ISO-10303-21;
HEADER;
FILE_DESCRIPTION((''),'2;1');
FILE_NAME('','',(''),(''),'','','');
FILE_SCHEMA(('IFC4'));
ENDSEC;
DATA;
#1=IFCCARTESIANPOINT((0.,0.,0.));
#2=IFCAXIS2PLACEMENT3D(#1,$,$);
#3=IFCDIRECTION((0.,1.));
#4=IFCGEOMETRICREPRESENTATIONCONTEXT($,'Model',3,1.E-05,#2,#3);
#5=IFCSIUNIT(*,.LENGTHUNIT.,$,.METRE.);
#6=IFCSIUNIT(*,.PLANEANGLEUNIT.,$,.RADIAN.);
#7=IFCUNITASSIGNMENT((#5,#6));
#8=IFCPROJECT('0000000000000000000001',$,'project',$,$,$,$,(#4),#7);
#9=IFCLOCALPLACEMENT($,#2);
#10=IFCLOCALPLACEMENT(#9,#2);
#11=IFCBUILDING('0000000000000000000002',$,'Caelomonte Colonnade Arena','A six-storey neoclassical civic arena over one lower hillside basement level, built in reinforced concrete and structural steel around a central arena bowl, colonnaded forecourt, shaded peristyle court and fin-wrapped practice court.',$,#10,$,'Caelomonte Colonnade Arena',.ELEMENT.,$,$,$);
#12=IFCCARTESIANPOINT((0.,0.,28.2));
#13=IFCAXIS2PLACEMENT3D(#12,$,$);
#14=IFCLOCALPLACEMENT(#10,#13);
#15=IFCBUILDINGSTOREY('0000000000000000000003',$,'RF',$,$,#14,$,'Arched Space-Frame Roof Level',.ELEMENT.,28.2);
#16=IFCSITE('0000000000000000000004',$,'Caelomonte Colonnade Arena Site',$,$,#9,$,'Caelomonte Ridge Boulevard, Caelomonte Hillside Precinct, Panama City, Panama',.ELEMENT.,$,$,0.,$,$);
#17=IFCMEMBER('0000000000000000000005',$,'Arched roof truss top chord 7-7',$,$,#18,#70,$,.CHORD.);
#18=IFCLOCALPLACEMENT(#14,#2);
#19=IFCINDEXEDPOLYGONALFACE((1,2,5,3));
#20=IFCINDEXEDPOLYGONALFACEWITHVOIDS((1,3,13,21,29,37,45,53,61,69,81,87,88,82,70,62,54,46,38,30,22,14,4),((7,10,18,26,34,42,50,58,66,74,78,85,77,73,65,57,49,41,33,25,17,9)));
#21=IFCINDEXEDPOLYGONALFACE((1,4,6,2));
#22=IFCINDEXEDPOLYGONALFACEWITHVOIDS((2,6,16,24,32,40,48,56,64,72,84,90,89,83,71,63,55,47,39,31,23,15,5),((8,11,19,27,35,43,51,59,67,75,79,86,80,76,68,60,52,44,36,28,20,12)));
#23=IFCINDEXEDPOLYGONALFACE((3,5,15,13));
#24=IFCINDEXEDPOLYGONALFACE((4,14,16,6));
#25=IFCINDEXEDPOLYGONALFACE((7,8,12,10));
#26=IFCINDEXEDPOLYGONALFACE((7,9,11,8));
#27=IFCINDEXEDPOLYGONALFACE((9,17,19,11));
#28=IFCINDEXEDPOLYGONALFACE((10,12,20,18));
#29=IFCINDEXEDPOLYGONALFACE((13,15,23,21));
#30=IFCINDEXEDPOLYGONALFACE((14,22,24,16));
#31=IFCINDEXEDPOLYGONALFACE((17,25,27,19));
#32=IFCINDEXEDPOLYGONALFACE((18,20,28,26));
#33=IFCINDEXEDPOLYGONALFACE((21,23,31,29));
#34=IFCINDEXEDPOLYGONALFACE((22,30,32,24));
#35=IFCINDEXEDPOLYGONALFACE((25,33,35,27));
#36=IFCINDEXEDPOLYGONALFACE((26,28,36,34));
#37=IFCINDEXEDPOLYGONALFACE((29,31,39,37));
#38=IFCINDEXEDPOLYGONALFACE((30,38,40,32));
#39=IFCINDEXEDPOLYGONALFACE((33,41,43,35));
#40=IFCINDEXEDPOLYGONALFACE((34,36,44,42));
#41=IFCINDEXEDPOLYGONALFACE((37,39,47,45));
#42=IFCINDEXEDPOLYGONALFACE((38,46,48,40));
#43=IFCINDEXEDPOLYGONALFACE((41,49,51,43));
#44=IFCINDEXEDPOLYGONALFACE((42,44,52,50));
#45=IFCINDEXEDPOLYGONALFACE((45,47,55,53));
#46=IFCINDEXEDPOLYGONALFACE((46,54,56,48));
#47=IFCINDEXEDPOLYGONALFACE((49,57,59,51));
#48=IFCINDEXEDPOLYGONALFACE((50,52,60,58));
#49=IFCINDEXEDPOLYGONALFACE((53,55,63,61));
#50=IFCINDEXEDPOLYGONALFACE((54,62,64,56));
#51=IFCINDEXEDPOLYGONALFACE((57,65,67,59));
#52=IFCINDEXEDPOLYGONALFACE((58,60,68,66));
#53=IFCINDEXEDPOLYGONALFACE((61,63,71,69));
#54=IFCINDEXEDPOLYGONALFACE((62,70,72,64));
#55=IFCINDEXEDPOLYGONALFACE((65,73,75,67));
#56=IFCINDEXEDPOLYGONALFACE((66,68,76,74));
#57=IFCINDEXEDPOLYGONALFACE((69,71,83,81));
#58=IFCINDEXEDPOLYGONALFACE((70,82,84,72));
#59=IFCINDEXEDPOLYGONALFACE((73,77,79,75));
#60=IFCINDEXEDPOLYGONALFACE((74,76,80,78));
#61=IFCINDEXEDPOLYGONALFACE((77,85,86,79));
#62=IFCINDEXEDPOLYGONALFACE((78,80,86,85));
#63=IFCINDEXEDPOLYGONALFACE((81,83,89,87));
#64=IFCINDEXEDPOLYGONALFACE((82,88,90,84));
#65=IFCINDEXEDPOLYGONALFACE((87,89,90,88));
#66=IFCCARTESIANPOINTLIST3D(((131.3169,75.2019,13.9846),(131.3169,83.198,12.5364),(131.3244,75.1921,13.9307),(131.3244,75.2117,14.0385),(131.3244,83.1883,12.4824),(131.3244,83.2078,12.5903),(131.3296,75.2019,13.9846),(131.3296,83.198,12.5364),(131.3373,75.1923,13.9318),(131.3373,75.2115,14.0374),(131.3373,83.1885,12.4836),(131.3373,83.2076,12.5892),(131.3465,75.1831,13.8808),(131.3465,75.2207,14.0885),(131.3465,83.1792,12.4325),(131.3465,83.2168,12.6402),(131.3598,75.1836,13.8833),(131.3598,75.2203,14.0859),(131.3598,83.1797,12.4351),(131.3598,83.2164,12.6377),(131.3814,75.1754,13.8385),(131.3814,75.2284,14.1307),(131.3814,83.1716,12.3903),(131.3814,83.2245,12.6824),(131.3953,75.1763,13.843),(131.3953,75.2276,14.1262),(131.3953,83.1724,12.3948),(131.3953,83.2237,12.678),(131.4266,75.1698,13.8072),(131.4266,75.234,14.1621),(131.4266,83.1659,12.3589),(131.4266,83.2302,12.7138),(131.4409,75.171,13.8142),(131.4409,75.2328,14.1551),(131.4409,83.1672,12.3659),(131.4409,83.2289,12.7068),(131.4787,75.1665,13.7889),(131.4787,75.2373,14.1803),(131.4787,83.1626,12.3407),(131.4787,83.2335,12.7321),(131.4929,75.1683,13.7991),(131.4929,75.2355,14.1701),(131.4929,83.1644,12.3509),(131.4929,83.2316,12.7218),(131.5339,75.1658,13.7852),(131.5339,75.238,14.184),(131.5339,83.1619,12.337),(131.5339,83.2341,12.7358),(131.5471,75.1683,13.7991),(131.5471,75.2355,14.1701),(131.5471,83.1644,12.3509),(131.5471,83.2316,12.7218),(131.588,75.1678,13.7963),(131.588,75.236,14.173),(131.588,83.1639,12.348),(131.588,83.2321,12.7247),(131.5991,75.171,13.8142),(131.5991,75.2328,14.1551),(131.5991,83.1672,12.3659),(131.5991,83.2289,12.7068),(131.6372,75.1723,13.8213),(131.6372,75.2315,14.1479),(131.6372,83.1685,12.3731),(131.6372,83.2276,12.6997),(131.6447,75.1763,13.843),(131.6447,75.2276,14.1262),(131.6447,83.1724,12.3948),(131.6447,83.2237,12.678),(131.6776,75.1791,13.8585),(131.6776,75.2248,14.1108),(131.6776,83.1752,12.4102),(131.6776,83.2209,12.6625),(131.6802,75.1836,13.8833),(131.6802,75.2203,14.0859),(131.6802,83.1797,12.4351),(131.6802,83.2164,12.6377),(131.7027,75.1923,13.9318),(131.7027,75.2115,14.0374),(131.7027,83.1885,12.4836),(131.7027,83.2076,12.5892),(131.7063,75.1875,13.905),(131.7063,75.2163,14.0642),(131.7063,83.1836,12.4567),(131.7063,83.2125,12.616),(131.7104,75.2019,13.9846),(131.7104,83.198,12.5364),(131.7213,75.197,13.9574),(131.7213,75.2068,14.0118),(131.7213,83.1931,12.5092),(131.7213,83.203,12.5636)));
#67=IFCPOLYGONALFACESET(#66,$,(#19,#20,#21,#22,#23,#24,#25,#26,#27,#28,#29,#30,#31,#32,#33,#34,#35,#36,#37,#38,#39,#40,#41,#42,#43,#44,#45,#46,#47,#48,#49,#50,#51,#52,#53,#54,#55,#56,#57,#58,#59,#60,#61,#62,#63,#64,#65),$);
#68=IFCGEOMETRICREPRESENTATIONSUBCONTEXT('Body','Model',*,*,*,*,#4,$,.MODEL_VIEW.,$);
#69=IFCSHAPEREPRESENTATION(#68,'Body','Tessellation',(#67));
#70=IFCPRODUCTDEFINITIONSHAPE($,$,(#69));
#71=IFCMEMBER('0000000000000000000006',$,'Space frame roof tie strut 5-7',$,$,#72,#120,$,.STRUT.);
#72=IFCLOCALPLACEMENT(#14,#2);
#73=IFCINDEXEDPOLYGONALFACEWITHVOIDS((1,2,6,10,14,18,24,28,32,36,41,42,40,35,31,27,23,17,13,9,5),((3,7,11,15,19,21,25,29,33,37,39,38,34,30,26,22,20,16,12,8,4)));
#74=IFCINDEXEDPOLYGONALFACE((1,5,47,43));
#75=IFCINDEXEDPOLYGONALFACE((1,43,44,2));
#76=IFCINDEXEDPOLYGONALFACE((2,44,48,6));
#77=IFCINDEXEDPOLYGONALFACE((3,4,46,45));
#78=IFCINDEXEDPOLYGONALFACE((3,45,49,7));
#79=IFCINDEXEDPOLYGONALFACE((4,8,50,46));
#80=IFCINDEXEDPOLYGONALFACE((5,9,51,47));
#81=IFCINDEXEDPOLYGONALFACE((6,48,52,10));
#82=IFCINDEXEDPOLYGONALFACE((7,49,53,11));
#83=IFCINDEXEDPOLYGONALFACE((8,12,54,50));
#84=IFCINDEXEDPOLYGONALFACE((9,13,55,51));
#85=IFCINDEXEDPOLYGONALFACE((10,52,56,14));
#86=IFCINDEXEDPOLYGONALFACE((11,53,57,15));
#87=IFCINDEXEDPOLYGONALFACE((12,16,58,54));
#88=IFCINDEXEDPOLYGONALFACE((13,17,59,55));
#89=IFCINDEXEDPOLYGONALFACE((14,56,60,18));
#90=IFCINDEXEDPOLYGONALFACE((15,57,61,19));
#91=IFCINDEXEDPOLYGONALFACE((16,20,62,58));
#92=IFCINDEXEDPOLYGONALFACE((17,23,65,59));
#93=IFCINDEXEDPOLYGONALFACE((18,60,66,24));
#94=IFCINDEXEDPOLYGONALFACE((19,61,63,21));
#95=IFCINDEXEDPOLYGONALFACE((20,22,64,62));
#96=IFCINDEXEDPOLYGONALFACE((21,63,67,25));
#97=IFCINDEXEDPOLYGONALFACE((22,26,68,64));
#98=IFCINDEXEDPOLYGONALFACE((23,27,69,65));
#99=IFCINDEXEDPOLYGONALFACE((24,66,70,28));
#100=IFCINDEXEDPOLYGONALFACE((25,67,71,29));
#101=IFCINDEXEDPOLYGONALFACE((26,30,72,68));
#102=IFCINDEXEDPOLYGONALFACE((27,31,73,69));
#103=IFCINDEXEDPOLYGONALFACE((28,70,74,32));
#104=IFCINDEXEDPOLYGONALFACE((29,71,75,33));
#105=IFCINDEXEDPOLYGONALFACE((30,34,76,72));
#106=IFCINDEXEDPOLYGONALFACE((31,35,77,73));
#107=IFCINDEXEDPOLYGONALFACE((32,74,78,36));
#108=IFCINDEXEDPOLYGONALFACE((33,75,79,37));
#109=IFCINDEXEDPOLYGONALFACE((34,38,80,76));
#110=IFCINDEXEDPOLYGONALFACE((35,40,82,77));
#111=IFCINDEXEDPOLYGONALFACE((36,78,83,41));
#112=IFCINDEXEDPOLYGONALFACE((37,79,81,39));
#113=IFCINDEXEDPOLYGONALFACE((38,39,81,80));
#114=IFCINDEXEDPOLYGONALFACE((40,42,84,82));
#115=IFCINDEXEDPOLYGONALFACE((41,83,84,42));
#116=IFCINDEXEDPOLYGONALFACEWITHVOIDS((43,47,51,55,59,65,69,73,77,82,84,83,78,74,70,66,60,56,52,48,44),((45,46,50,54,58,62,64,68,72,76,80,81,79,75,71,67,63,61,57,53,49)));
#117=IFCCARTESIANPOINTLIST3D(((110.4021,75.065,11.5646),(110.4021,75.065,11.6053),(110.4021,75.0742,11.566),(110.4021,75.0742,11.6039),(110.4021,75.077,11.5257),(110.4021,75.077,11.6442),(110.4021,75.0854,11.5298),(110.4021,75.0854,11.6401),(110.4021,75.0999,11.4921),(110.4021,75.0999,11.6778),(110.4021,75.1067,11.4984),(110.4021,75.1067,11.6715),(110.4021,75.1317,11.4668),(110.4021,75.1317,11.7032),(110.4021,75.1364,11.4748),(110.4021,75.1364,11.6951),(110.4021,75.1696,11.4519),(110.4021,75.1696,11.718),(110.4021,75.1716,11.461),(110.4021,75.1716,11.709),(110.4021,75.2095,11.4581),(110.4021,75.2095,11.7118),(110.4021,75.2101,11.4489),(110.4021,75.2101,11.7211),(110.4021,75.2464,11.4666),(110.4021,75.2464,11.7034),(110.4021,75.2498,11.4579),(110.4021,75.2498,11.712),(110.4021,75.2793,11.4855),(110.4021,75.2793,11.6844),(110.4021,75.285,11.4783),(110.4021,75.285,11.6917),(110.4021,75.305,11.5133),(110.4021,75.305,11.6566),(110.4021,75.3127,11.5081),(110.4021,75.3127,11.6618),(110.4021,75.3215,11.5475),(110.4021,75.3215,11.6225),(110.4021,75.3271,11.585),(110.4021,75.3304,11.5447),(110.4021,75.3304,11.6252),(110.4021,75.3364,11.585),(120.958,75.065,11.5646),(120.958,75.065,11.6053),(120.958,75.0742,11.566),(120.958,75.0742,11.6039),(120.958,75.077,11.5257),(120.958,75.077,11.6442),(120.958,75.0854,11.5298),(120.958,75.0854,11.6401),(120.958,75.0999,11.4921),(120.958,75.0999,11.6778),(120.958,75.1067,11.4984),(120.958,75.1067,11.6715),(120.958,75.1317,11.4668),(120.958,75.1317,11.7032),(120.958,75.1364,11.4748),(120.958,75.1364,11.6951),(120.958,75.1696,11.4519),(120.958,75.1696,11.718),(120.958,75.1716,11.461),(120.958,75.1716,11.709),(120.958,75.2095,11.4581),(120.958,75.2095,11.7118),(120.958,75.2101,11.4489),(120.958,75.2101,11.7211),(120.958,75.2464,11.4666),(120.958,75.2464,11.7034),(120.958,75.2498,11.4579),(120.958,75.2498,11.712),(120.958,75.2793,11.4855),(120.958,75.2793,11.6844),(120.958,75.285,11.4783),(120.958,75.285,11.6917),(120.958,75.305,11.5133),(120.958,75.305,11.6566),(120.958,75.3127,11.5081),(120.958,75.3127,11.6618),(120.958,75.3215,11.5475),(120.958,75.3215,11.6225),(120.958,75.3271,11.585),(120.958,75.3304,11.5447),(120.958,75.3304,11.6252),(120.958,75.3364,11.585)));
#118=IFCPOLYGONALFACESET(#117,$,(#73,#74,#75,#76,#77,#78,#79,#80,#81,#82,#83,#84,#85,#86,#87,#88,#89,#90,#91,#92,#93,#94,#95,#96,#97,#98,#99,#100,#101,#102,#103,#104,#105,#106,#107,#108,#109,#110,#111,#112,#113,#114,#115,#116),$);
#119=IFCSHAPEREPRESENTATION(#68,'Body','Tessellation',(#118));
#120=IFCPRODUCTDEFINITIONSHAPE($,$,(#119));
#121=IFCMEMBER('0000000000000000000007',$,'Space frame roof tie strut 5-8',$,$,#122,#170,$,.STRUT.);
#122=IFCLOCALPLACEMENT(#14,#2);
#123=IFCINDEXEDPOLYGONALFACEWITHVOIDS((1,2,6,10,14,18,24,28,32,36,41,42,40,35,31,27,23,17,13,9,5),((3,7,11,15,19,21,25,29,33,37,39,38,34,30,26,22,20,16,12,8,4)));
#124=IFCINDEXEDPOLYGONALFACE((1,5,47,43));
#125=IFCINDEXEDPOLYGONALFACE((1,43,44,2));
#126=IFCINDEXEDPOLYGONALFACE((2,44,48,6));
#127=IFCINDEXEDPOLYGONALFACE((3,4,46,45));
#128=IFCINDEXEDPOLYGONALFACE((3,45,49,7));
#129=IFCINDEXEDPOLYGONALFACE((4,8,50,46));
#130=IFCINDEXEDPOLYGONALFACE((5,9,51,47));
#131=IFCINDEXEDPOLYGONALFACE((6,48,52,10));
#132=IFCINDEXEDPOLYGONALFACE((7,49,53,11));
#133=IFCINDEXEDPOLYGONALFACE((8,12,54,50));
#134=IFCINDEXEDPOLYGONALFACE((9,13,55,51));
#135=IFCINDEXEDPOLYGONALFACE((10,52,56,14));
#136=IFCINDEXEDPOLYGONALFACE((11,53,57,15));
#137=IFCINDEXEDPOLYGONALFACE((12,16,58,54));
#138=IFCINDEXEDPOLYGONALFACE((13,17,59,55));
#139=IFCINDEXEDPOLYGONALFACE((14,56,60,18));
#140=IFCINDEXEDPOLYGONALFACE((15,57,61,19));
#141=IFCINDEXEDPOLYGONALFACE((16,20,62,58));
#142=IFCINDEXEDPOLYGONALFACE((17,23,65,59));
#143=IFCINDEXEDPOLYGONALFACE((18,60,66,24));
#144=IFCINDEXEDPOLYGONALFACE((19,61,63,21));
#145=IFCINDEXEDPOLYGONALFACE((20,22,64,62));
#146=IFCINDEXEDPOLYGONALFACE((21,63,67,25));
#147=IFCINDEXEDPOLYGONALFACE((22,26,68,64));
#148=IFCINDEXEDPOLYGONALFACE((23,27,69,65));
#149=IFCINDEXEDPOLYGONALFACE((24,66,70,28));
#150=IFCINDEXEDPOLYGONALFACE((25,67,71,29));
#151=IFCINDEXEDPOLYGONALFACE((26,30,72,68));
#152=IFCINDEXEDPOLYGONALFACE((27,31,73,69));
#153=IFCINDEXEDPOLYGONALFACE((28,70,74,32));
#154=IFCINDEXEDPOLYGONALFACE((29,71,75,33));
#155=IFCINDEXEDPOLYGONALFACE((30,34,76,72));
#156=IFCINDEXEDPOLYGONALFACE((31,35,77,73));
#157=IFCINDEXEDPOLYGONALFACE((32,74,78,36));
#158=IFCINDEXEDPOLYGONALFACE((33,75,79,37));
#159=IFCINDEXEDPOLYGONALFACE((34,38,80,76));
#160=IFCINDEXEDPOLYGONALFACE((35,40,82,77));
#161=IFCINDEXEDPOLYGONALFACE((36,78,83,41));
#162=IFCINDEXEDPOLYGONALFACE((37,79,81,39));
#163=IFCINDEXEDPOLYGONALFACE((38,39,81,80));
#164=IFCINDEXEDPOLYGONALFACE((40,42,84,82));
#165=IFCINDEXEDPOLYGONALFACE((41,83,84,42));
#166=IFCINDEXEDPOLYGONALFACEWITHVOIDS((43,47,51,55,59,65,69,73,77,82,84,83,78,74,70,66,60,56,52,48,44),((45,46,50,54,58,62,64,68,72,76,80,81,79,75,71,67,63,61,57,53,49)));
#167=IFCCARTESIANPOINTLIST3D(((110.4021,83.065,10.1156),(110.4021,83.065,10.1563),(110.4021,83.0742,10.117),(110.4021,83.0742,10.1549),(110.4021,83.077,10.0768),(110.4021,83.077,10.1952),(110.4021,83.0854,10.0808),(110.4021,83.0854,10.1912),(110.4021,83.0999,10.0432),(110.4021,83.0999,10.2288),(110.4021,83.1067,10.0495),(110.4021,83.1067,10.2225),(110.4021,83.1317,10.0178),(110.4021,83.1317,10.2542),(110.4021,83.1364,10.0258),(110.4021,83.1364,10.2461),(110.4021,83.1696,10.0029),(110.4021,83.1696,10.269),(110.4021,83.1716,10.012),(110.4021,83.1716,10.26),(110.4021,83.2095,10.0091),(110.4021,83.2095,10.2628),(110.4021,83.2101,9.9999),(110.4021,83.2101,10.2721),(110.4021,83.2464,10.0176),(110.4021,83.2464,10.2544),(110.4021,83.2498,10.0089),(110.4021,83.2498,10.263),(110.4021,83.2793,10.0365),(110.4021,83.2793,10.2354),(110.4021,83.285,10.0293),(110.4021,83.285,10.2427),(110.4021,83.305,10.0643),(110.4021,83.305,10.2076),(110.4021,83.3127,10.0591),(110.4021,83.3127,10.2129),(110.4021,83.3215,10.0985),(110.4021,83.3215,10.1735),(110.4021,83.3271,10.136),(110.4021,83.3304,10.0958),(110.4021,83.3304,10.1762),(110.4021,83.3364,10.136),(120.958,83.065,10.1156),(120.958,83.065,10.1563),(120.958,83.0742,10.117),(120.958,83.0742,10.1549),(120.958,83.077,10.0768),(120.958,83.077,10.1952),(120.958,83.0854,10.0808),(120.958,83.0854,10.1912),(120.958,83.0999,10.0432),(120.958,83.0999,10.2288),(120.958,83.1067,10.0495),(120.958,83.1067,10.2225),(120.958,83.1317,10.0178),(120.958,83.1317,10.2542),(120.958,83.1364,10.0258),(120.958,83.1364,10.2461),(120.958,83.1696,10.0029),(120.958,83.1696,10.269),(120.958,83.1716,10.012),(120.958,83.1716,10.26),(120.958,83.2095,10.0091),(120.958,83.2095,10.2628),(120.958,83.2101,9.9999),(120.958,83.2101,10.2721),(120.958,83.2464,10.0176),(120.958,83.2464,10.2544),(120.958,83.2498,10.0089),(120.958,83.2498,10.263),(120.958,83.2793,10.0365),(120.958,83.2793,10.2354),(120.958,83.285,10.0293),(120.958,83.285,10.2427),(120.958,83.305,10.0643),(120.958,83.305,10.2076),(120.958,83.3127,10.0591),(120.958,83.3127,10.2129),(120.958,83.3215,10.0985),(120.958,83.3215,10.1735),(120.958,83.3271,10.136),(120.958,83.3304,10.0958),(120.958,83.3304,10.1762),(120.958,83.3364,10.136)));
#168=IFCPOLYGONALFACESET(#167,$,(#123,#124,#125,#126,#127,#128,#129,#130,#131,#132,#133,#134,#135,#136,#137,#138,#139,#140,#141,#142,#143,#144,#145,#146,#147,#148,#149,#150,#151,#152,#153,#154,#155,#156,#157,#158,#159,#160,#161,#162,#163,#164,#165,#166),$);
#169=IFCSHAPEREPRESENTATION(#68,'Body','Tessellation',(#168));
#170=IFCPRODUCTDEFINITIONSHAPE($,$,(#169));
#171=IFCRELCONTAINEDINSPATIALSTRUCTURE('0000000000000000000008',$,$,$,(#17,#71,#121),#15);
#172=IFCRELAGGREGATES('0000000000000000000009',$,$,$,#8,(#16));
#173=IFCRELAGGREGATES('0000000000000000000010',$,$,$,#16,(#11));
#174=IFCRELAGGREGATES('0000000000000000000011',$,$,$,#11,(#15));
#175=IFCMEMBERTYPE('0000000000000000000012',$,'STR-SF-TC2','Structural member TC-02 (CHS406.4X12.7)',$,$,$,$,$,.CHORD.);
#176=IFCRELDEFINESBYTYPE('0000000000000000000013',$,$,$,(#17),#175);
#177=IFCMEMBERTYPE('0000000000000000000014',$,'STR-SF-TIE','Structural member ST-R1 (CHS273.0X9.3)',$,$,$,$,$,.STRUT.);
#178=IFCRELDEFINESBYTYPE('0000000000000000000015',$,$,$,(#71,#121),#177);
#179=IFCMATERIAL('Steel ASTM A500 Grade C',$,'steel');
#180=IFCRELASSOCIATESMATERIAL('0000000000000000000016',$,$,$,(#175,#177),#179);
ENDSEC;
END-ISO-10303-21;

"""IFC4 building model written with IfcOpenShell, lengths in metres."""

from ifc_helpers import new_model, si_unit, direction, frame, origin, origin_2d, place, context, subcontext, project, spatial, hollow_circle, extrude, material, material_profile, profile_set, type_object, element, save


model = new_model("IFC4")

# Units and contexts
model_context = context("Model", 3, precision=1e-05, world=origin(), true_north=direction((0.0, 1.0)))
body_context = subcontext(model_context, "Body", "Model", "MODEL_VIEW")
ifc_project = project(units=[si_unit("LENGTHUNIT", "METRE"), si_unit("PLANEANGLEUNIT", "RADIAN")], contexts=[model_context])

# Site, building, storey
site_placement = place(None, origin())
site = spatial("IfcSite", under=ifc_project, at=site_placement, Name="Caelomonte Colonnade Arena Site", LongName="Caelomonte Ridge Boulevard, Caelomonte Hillside Precinct, Panama City, Panama", CompositionType="ELEMENT", RefElevation=0.0)
building_placement = place(site_placement, origin())
building = spatial("IfcBuilding", under=site, at=building_placement, Name="Caelomonte Colonnade Arena", Description="A six-storey neoclassical civic arena over one lower hillside basement level, built in reinforced concrete and structural steel around a central arena bowl, colonnaded forecourt, shaded peristyle court and fin-wrapped practice court.", LongName="Caelomonte Colonnade Arena", CompositionType="ELEMENT")
storey_placement = place(building_placement, frame((0.0, 0.0, 28.2)))
storey = spatial("IfcBuildingStorey", under=building, at=storey_placement, Name="RF", LongName="Arched Space-Frame Roof Level", CompositionType="ELEMENT", Elevation=28.2)

# Members
ifc_material_1 = material(Name="Steel ASTM A500 Grade C", Category="steel")
ifc_material_profile_1 = material_profile(ifc_material_1, hollow_circle(Radius=0.2031, WallThickness=0.0127, at=origin_2d()), Name="CHS406.4X12.7")
ifc_profile_set_1 = profile_set([ifc_material_profile_1], Name="Steel ASTM A500 Grade C")
member_type_1 = type_object("IfcMemberType", Name="STR-SF-TC2", Description="Structural member TC-02 (CHS406.4X12.7)", PredefinedType="CHORD", material=ifc_profile_set_1)
member_1_placement = place(storey_placement, frame((131.52, 75.2019, 13.9846), z_axis=(0.0, 0.983991, -0.178219), x_axis=(-1.0, 0.0, 0.0)))
element("IfcMember", 1, at=member_1_placement, inside=storey, type_object=member_type_1, Name="Arched roof truss top chord 7-7", PredefinedType="CHORD", context=body_context, shape_type="SweptSolid", body=[
    extrude(hollow_circle(Radius=0.2031, WallThickness=0.0127, at=origin_2d()), origin(), (0.0, 0.0, 1.0), 8.1262),
])
ifc_material_profile_2 = material_profile(ifc_material_1, hollow_circle(Radius=0.1365, WallThickness=0.0093, at=origin_2d()), Name="CHS273.0X9.3")
ifc_profile_set_2 = profile_set([ifc_material_profile_2], Name="Steel ASTM A500 Grade C")
member_type_2 = type_object("IfcMemberType", Name="STR-SF-TIE", Description="Structural member ST-R1 (CHS273.0X9.3)", PredefinedType="STRUT", material=ifc_profile_set_2)
for number, where, z_axis, x_axis, name in (
    (2, (110.4021, 75.2, 11.585), (1.0, 0.0, 0.0), (0.0, 1.0, 0.0), "Space frame roof tie strut 5-7"),
    (3, (110.4021, 83.2, 10.136), (1.0, 0.0, 0.0), (0.0, 1.0, 0.0), "Space frame roof tie strut 5-8"),
):
    element("IfcMember", number, at=place(storey_placement, frame(where, z_axis=z_axis, x_axis=x_axis)), inside=storey, type_object=member_type_2, Name=name, PredefinedType="STRUT", context=body_context, shape_type="SweptSolid", body=[
        extrude(hollow_circle(Radius=0.1365, WallThickness=0.0093, at=origin_2d()), origin(), (0.0, 0.0, 1.0), 10.5559),
    ])

save(model, "model.ifc")
